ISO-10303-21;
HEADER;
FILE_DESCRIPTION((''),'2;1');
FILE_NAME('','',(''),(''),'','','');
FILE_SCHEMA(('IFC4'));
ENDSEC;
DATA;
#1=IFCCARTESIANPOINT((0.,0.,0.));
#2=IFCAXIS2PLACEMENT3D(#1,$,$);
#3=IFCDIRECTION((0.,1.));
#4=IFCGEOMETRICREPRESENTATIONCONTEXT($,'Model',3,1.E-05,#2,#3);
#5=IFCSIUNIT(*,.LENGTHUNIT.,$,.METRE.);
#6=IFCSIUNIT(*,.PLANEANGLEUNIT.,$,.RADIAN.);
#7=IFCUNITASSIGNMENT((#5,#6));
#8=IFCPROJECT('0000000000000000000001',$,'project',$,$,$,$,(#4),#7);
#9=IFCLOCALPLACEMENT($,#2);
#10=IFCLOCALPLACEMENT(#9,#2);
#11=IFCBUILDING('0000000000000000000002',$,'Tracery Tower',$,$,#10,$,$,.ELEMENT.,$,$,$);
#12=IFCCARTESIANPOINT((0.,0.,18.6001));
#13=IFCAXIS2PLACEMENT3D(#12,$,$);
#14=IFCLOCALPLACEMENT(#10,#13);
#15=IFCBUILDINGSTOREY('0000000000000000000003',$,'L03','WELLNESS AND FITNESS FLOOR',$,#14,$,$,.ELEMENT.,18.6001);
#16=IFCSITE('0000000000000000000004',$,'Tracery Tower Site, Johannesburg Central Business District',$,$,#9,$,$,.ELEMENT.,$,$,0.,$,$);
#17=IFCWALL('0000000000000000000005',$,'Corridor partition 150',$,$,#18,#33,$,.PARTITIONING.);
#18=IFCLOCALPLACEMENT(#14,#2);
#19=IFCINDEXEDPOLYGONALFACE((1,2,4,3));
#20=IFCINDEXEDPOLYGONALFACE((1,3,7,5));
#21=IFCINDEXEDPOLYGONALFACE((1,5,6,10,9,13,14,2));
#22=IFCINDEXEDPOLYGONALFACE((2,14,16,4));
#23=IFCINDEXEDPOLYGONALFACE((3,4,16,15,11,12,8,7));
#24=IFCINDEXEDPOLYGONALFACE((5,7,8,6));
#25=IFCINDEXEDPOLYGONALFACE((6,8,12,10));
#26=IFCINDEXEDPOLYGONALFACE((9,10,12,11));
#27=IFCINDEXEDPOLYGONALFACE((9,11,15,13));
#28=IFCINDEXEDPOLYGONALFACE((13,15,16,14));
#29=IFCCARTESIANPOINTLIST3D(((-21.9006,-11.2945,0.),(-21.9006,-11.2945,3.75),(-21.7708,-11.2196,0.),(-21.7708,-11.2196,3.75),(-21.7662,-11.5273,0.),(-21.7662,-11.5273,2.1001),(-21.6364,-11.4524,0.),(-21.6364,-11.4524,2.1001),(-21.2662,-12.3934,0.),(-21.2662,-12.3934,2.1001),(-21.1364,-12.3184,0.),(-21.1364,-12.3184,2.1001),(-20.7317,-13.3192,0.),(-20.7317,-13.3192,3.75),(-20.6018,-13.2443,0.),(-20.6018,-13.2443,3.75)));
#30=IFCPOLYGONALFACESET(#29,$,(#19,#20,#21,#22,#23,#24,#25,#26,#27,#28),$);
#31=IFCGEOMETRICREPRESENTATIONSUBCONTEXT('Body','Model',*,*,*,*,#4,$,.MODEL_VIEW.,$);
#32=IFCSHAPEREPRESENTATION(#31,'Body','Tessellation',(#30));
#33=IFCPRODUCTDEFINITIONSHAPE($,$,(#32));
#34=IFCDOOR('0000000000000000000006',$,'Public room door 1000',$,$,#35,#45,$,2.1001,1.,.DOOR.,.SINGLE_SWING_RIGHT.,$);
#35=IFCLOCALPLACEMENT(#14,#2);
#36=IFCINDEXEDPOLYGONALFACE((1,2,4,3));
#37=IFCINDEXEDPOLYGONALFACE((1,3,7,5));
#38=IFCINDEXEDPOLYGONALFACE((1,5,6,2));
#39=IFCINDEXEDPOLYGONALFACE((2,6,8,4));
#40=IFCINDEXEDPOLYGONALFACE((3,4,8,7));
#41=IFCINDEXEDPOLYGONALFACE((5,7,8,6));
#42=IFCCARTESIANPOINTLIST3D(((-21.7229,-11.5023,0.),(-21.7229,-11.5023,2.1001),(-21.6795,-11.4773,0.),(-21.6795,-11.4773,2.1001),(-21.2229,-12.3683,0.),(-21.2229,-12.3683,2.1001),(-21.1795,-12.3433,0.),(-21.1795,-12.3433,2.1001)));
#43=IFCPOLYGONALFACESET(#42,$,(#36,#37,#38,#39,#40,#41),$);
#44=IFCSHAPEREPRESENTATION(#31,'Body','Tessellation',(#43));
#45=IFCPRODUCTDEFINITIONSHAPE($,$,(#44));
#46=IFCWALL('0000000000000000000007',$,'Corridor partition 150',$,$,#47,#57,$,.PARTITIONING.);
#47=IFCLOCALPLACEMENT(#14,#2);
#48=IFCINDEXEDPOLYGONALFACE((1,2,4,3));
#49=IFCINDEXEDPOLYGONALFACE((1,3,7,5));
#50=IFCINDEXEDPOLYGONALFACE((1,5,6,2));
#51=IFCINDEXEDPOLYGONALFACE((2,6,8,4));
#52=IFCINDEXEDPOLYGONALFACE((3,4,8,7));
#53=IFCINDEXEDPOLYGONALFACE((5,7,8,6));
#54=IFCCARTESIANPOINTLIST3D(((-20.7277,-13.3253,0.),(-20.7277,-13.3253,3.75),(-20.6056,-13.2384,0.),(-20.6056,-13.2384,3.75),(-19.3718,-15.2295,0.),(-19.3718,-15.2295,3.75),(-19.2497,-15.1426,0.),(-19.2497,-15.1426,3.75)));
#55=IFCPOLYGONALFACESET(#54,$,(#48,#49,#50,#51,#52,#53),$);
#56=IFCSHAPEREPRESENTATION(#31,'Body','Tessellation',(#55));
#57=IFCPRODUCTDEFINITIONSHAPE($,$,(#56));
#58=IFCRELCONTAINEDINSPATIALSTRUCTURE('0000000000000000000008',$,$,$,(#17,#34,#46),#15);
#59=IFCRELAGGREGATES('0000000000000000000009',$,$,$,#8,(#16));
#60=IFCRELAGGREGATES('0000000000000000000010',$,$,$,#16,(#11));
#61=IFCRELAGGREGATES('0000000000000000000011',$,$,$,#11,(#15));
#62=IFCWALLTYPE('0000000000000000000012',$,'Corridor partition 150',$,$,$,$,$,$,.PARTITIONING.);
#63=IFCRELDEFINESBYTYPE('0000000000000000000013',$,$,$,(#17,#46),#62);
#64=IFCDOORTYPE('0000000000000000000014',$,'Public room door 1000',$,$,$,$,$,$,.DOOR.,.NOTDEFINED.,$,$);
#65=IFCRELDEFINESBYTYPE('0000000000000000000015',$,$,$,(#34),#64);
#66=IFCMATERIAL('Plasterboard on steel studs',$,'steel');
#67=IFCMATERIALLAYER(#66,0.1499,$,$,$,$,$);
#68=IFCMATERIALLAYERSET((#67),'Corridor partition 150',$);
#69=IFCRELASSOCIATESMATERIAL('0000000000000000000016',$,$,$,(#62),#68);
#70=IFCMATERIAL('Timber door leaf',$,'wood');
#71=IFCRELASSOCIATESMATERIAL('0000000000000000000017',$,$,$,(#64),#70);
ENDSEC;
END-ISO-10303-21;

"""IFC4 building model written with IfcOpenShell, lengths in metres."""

from ifc_helpers import new_model, si_unit, direction, frame, frame_2d, origin, place, context, subcontext, project, spatial, rectangle, extrude, material, layer, layer_set, type_object, element, fill, save


model = new_model("IFC4")

# Units and contexts
model_context = context("Model", 3, precision=1e-05, world=origin(), true_north=direction((0.0, 1.0)))
body_context = subcontext(model_context, "Body", "Model", "MODEL_VIEW")
ifc_project = project(units=[si_unit("LENGTHUNIT", "METRE"), si_unit("PLANEANGLEUNIT", "RADIAN")], contexts=[model_context])

# Site, building, storey
site_placement = place(None, origin())
site = spatial("IfcSite", under=ifc_project, at=site_placement, Name="Tracery Tower Site, Johannesburg Central Business District", CompositionType="ELEMENT", RefElevation=0.0)
building_placement = place(site_placement, origin())
building = spatial("IfcBuilding", under=site, at=building_placement, Name="Tracery Tower", CompositionType="ELEMENT")
storey_placement = place(building_placement, frame((0.0, 0.0, 18.6001)))
storey = spatial("IfcBuildingStorey", under=building, at=storey_placement, Name="L03", Description="WELLNESS AND FITNESS FLOOR", CompositionType="ELEMENT", Elevation=18.6001)

# Shared definitions
ifc_material_1 = material(Name="Plasterboard on steel studs", Category="steel")
ifc_layer_1 = layer(ifc_material_1, 0.1499)
ifc_layer_set_1 = layer_set([ifc_layer_1], Name="Corridor partition 150")
wall_type_1 = type_object("IfcWallType", Name="Corridor partition 150", PredefinedType="PARTITIONING", material=ifc_layer_set_1)

# Wall, opening, door
ifc_material_2 = material(Name="Timber door leaf", Category="wood")
door_type_1 = type_object("IfcDoorType", Name="Public room door 1000", OperationType="NOTDEFINED", PredefinedType="DOOR", material=ifc_material_2)
wall_1_placement = place(storey_placement, frame((-20.6667, -13.2817, 0.0), z_axis=(0.0, 0.0, 1.0), x_axis=(-0.500003, 0.866024, 0.0)))
wall_1 = element("IfcWall", 1, at=wall_1_placement, inside=storey, type_object=wall_type_1, Name="Corridor partition 150", PredefinedType="PARTITIONING", context=body_context, shape_type="SweptSolid", body=[
    extrude(rectangle(XDim=2.3379, YDim=0.1499, at=frame_2d((1.1689, 0.0))), origin(), (0.0, 0.0, 1.0), 3.75),
])
opening_1_placement = place(wall_1_placement, frame((1.0691, 0.0, 0.0)))
opening_1 = element("IfcOpeningElement", 2, at=opening_1_placement, cuts=wall_1, PredefinedType="OPENING", context=body_context, shape_type="SweptSolid", body=[
    extrude(rectangle(XDim=1.0, YDim=2.1001, at=frame_2d((0.5, 1.05))), frame((0.0, 0.075, 0.0), z_axis=(0.0, -1.0, 0.0), x_axis=(1.0, 0.0, 0.0)), (0.0, 0.0, 1.0), 0.1499),
])
door_1_placement = place(opening_1_placement, origin())
door_1 = element("IfcDoor", 3, at=door_1_placement, inside=storey, type_object=door_type_1, Name="Public room door 1000", OperationType="SINGLE_SWING_RIGHT", OverallHeight=2.1001, OverallWidth=1.0, PredefinedType="DOOR", context=body_context, shape_type="SweptSolid", body=[
    extrude(rectangle(XDim=1.0, YDim=2.1001, at=frame_2d((0.5, 1.05))), frame((0.0, 0.0249, 0.0), z_axis=(0.0, -1.0, 0.0), x_axis=(1.0, 0.0, 0.0)), (0.0, 0.0, 1.0), 0.05),
])
fill(opening_1, door_1)

# Wall
wall_2_placement = place(storey_placement, frame((-20.6667, -13.2817, 0.0), z_axis=(0.0, 0.0, 1.0), x_axis=(0.580032, -0.814593, 0.0)))
element("IfcWall", 4, at=wall_2_placement, inside=storey, type_object=wall_type_1, Name="Corridor partition 150", PredefinedType="PARTITIONING", context=body_context, shape_type="SweptSolid", body=[
    extrude(rectangle(XDim=2.3376, YDim=0.1499, at=frame_2d((1.1689, 0.0))), origin(), (0.0, 0.0, 1.0), 3.75),
])

save(model, "model.ifc")
